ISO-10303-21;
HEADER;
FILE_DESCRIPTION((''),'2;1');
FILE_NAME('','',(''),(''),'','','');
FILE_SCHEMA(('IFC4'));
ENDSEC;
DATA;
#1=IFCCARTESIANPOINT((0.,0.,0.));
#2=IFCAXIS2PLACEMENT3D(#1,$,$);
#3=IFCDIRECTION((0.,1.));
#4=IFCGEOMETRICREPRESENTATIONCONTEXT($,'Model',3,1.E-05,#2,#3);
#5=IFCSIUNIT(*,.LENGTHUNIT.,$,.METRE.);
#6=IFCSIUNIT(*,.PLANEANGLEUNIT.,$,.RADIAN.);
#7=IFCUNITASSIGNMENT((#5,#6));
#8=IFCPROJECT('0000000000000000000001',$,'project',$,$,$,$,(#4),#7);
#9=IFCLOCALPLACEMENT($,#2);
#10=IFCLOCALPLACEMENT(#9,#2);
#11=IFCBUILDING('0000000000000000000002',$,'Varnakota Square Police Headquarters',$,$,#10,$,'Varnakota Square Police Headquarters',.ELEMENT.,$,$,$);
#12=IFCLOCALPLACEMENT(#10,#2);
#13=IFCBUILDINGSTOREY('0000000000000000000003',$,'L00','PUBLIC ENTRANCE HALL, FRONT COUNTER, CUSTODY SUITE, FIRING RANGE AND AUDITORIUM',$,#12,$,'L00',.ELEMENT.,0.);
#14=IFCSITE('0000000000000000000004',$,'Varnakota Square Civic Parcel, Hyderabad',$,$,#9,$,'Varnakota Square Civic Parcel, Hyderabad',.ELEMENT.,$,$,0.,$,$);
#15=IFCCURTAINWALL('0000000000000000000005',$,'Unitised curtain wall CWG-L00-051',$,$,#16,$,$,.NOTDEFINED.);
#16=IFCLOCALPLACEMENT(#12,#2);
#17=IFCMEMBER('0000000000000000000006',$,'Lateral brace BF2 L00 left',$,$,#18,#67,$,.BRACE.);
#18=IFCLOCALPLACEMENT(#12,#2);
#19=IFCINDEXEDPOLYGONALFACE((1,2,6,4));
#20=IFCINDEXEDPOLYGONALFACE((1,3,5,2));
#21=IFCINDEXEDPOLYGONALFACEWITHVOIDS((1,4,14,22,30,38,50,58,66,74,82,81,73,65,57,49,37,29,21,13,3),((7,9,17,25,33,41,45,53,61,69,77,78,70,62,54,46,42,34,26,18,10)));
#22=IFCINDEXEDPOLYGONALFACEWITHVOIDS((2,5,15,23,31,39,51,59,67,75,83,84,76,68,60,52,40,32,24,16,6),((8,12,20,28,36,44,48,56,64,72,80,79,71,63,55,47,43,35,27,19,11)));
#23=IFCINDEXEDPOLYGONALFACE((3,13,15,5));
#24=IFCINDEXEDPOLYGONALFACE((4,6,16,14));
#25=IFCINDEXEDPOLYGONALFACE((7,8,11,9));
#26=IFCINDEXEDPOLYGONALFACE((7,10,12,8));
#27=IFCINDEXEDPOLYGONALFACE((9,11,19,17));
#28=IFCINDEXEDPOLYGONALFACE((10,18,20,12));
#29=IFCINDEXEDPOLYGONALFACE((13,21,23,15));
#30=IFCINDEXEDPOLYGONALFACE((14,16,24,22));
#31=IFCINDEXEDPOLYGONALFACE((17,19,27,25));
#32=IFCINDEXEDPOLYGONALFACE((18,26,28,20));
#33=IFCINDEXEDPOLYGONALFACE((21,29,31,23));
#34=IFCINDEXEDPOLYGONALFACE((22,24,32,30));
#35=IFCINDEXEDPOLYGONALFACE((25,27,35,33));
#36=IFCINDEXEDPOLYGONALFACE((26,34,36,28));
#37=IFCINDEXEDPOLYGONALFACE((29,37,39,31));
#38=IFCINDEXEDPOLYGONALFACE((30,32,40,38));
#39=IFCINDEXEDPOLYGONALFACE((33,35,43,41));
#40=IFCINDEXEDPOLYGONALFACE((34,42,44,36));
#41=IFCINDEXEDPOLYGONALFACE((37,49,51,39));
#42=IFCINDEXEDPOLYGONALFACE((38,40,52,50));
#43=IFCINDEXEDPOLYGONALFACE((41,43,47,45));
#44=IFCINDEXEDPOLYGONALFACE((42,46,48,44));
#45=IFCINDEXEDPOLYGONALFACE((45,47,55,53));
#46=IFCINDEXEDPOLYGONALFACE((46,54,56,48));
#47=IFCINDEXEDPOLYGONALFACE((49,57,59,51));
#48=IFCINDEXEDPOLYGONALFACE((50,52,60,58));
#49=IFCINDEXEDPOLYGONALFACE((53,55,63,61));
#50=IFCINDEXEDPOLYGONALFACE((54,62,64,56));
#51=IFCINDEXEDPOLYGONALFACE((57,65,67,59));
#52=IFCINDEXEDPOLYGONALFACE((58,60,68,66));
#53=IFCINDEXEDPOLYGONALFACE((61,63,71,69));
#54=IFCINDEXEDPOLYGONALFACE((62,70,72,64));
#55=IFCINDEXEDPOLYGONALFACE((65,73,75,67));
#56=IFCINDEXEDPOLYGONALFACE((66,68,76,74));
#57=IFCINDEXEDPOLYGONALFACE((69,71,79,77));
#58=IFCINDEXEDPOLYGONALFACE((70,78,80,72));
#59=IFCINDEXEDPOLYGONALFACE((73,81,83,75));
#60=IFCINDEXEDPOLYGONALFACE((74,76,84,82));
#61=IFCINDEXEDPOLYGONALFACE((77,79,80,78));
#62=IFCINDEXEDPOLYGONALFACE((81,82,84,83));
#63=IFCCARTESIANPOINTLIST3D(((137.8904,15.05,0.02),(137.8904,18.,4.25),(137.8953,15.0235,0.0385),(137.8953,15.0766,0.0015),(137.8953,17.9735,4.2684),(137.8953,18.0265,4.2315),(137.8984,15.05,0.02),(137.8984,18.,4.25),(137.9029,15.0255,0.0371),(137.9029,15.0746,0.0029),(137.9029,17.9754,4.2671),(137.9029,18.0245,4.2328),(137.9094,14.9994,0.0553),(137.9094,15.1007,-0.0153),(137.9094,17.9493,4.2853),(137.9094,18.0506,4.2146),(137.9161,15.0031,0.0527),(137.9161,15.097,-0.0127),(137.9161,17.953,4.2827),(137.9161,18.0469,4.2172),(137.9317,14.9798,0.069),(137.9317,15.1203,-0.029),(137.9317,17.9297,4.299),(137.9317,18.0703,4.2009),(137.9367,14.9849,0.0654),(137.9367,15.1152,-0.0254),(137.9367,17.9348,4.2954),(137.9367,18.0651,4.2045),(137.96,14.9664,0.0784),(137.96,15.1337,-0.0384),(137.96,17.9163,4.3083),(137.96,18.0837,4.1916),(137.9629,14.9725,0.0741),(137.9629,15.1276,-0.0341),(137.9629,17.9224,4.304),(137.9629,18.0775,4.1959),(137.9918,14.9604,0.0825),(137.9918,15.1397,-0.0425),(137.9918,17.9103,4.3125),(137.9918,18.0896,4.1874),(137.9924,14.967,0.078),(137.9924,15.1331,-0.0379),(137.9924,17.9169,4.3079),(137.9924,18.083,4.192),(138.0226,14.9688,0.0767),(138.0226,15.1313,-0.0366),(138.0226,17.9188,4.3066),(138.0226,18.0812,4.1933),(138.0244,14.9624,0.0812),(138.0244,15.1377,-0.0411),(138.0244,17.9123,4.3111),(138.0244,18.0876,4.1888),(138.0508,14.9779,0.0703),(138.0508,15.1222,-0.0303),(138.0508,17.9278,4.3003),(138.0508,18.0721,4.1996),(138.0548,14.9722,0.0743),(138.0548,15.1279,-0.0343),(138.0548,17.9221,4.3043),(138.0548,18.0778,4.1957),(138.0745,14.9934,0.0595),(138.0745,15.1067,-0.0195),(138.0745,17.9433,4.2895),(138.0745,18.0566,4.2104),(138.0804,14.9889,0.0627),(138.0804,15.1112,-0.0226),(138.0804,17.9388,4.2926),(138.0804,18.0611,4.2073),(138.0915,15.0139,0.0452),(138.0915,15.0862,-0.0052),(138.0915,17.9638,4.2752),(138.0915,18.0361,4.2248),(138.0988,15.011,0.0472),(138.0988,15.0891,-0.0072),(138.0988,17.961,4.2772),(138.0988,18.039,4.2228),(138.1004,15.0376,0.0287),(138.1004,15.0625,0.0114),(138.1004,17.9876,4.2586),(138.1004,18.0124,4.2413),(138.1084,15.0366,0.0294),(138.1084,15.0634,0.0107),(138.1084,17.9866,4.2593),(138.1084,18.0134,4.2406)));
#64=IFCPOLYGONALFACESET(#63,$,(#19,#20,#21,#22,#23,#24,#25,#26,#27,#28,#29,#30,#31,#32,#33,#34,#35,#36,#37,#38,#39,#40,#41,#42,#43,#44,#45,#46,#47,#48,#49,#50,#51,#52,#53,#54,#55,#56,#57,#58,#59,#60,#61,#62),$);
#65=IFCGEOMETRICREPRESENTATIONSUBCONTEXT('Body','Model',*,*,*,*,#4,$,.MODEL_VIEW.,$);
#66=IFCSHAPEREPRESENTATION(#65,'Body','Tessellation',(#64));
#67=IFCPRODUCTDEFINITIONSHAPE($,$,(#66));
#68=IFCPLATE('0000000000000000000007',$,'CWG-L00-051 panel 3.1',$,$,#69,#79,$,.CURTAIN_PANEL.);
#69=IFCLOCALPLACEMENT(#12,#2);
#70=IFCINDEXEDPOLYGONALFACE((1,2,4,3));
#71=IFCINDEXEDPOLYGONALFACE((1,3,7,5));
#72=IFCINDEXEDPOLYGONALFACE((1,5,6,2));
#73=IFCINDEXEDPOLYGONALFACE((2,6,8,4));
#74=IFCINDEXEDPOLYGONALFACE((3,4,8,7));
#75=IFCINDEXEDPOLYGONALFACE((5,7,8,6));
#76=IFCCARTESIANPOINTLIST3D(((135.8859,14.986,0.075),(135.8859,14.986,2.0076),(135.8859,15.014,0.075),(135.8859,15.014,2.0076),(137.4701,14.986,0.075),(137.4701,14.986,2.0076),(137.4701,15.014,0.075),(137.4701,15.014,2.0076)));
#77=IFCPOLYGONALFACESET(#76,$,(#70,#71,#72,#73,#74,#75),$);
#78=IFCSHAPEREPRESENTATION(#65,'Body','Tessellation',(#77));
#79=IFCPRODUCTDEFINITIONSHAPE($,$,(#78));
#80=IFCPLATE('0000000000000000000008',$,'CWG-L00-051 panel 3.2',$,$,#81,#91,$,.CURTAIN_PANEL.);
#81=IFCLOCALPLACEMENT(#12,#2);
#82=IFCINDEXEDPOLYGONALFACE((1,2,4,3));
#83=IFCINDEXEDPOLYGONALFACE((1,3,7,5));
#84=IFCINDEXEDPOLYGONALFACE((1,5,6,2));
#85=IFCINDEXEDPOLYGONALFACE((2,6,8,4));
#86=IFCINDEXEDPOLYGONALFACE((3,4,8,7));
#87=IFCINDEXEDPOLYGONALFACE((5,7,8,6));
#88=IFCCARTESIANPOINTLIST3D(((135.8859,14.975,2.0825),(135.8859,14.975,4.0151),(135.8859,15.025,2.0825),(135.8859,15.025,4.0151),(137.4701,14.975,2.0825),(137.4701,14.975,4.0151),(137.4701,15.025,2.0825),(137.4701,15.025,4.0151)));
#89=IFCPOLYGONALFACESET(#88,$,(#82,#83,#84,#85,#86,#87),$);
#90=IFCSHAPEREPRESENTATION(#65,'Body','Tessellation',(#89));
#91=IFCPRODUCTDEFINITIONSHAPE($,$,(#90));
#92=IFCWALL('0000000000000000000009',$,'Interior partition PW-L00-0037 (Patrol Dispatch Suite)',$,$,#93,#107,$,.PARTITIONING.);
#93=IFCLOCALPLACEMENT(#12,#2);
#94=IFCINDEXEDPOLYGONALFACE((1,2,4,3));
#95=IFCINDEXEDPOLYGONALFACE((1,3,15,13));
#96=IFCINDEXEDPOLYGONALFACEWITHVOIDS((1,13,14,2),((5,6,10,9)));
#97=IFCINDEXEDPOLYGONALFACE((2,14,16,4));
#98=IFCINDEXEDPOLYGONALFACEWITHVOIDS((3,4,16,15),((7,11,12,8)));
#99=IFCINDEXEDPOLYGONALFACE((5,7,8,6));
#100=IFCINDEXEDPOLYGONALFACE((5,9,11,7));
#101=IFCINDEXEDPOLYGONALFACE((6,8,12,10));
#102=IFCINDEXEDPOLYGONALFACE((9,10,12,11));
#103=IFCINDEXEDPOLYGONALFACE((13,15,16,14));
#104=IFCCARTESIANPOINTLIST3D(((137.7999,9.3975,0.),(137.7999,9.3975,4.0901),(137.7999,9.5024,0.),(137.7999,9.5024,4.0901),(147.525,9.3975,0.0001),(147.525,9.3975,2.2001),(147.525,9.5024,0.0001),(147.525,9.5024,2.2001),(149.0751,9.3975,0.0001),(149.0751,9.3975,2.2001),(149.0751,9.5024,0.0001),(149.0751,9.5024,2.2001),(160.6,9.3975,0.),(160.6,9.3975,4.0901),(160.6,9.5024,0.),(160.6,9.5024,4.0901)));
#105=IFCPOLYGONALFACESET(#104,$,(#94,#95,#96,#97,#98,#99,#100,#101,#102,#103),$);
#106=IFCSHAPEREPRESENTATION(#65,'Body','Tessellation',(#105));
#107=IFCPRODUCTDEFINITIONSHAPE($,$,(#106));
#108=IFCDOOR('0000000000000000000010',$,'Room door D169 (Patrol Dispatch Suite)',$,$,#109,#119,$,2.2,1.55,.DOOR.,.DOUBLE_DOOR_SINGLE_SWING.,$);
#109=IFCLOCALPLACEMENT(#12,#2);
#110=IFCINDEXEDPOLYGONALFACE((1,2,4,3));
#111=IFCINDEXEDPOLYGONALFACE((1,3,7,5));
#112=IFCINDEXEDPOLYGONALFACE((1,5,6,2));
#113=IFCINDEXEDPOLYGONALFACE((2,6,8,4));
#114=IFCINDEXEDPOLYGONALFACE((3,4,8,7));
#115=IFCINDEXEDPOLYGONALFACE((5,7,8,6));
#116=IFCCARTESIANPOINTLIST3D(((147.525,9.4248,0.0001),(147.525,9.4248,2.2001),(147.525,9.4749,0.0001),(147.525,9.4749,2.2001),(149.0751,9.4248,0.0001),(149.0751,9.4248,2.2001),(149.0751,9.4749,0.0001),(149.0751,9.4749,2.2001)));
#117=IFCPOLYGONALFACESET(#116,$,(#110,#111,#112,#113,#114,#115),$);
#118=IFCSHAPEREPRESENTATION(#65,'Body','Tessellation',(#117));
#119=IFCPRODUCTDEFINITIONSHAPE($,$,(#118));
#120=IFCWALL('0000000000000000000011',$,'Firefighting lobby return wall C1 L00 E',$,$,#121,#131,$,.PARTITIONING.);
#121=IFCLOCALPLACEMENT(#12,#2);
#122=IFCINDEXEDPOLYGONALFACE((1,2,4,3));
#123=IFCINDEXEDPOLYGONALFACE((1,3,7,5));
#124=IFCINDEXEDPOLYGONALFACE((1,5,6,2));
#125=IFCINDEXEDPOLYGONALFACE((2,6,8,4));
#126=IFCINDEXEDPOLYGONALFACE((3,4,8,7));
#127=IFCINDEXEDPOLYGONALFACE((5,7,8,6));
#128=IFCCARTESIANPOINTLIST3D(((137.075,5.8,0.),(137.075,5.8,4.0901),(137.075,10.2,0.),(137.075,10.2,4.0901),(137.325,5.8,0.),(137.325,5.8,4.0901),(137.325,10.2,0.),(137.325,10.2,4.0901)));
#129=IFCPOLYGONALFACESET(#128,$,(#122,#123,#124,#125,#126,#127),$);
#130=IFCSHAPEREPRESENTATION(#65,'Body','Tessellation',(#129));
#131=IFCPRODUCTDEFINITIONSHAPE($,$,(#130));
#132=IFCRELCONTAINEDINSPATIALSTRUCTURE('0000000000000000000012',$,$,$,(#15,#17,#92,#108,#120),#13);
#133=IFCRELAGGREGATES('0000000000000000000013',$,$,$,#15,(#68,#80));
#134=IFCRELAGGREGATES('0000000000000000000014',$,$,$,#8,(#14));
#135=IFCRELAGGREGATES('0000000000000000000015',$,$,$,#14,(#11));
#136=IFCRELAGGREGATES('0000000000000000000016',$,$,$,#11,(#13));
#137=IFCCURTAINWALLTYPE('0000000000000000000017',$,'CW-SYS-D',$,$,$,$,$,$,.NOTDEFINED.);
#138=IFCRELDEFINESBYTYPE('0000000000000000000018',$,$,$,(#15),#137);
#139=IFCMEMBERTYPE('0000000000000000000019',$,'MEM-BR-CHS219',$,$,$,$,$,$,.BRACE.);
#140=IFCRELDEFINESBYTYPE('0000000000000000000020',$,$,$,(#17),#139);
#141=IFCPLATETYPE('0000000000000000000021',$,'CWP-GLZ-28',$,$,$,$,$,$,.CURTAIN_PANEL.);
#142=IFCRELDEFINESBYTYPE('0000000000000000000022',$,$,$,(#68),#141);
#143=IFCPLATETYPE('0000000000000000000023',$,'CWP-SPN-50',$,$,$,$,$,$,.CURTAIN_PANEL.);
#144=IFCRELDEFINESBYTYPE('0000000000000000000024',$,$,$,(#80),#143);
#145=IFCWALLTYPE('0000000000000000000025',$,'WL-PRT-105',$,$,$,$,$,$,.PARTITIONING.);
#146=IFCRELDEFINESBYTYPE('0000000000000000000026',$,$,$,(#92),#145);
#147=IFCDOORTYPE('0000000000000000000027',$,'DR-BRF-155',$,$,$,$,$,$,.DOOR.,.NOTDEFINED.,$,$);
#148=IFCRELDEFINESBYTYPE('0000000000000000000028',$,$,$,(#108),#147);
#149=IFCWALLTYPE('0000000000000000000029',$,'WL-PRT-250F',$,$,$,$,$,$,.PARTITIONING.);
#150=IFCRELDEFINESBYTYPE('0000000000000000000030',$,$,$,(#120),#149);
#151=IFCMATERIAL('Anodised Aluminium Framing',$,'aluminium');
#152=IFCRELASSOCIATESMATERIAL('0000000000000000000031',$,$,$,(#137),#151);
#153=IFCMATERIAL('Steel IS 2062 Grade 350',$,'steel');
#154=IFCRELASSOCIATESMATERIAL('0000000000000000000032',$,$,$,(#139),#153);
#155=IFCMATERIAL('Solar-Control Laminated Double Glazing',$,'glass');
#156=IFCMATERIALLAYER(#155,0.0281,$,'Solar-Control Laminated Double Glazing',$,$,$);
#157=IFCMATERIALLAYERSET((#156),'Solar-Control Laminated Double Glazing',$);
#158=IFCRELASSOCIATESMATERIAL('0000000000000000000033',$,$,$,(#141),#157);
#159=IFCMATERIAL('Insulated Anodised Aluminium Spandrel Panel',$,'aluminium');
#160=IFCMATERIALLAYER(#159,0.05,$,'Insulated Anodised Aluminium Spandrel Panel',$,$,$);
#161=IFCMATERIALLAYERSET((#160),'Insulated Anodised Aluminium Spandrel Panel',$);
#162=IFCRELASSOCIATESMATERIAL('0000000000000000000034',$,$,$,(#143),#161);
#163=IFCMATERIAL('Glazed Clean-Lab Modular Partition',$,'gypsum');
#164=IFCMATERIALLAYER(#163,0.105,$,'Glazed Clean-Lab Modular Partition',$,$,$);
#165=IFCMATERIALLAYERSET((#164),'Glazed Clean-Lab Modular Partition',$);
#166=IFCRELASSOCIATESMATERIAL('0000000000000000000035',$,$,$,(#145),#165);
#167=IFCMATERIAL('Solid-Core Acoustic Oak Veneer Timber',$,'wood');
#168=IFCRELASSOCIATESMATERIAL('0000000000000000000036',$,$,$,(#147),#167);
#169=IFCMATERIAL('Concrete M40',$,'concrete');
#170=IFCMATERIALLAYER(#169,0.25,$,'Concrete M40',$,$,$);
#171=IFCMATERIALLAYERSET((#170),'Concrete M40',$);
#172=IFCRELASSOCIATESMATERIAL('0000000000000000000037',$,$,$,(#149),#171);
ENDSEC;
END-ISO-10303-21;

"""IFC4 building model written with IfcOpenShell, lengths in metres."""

from ifc_helpers import new_model, si_unit, direction, frame, frame_2d, origin, origin_2d, place, context, subcontext, project, spatial, rectangle, hollow_circle, extrude, material, layer, layer_set, material_profile, profile_set, type_object, element, fill, aggregate, save


model = new_model("IFC4")

# Units and contexts
model_context = context("Model", 3, precision=1e-05, world=origin(), true_north=direction((0.0, 1.0)))
body_context = subcontext(model_context, "Body", "Model", "MODEL_VIEW")
ifc_project = project(units=[si_unit("LENGTHUNIT", "METRE"), si_unit("PLANEANGLEUNIT", "RADIAN")], contexts=[model_context])

# Site, building, storey
site_placement = place(None, origin())
site = spatial("IfcSite", under=ifc_project, at=site_placement, Name="Varnakota Square Civic Parcel, Hyderabad", LongName="Varnakota Square Civic Parcel, Hyderabad", CompositionType="ELEMENT", RefElevation=0.0)
building_placement = place(site_placement, origin())
building = spatial("IfcBuilding", under=site, at=building_placement, Name="Varnakota Square Police Headquarters", LongName="Varnakota Square Police Headquarters", CompositionType="ELEMENT")
storey_placement = place(building_placement, origin())
storey = spatial("IfcBuildingStorey", under=building, at=storey_placement, Name="L00", Description="PUBLIC ENTRANCE HALL, FRONT COUNTER, CUSTODY SUITE, FIRING RANGE AND AUDITORIUM", LongName="L00", CompositionType="ELEMENT", Elevation=0.0)

# Shared definitions
ifc_material_1 = material(Name="Steel IS 2062 Grade 350", Category="steel")

# Curtain wall
ifc_material_2 = material(Name="Anodised Aluminium Framing", Category="aluminium")
curtain_wall_type = type_object("IfcCurtainWallType", Name="CW-SYS-D", PredefinedType="NOTDEFINED", material=ifc_material_2)
curtain_wall_placement = place(storey_placement, origin())
curtain_wall = element("IfcCurtainWall", 1, at=curtain_wall_placement, inside=storey, type_object=curtain_wall_type, Name="Unitised curtain wall CWG-L00-051", PredefinedType="NOTDEFINED")

# Member
ifc_material_profile_1 = material_profile(ifc_material_1, hollow_circle(Radius=0.1096, WallThickness=0.0081, at=origin_2d()), Name="CHS 219.1x8.0")
ifc_profile_set_1 = profile_set([ifc_material_profile_1], Name="Steel IS 2062 Grade 350")
member_type_1 = type_object("IfcMemberType", Name="MEM-BR-CHS219", PredefinedType="BRACE", material=ifc_profile_set_1)
member_1_placement = place(storey_placement, frame((138.0, 15.05, 0.02), z_axis=(0.0, 0.572025, 0.820236), x_axis=(-1.0, 0.0, 0.0)))
element("IfcMember", 2, at=member_1_placement, inside=storey, type_object=member_type_1, Name="Lateral brace BF2 L00 left", PredefinedType="BRACE", context=body_context, shape_type="SweptSolid", body=[
    extrude(hollow_circle(Radius=0.1096, WallThickness=0.0081, at=origin_2d()), origin(), (0.0, 0.0, 1.0), 5.157),
])

# Plates
ifc_material_3 = material(Name="Solar-Control Laminated Double Glazing", Category="glass")
ifc_layer_1 = layer(ifc_material_3, 0.0281, Name="Solar-Control Laminated Double Glazing")
ifc_layer_set_1 = layer_set([ifc_layer_1], Name="Solar-Control Laminated Double Glazing")
plate_type_1 = type_object("IfcPlateType", Name="CWP-GLZ-28", PredefinedType="CURTAIN_PANEL", material=ifc_layer_set_1)
plate_1_placement = place(storey_placement, frame((136.678, 15.0, 0.075), z_axis=(0.0, 0.0, 1.0), x_axis=(1.0, 0.0, 0.0)))
plate_1 = element("IfcPlate", 3, at=plate_1_placement, type_object=plate_type_1, Name="CWG-L00-051 panel 3.1", PredefinedType="CURTAIN_PANEL", context=body_context, shape_type="SweptSolid", body=[
    extrude(rectangle(XDim=1.5842, YDim=0.0281, at=origin_2d()), origin(), (0.0, 0.0, 1.0), 1.9326),
])
ifc_material_4 = material(Name="Insulated Anodised Aluminium Spandrel Panel", Category="aluminium")
ifc_layer_2 = layer(ifc_material_4, 0.05, Name="Insulated Anodised Aluminium Spandrel Panel")
ifc_layer_set_2 = layer_set([ifc_layer_2], Name="Insulated Anodised Aluminium Spandrel Panel")
plate_type_2 = type_object("IfcPlateType", Name="CWP-SPN-50", PredefinedType="CURTAIN_PANEL", material=ifc_layer_set_2)
plate_2_placement = place(storey_placement, frame((136.678, 15.0, 2.0825), z_axis=(0.0, 0.0, 1.0), x_axis=(1.0, 0.0, 0.0)))
plate_2 = element("IfcPlate", 4, at=plate_2_placement, type_object=plate_type_2, Name="CWG-L00-051 panel 3.2", PredefinedType="CURTAIN_PANEL", context=body_context, shape_type="SweptSolid", body=[
    extrude(rectangle(XDim=1.5842, YDim=0.05, at=origin_2d()), origin(), (0.0, 0.0, 1.0), 1.9326),
])
aggregate(curtain_wall, [plate_1, plate_2])

# Wall, opening, door
ifc_material_5 = material(Name="Glazed Clean-Lab Modular Partition", Category="gypsum")
ifc_layer_3 = layer(ifc_material_5, 0.105, Name="Glazed Clean-Lab Modular Partition")
ifc_layer_set_3 = layer_set([ifc_layer_3], Name="Glazed Clean-Lab Modular Partition")
wall_type_1 = type_object("IfcWallType", Name="WL-PRT-105", PredefinedType="PARTITIONING", material=ifc_layer_set_3)
wall_1_placement = place(storey_placement, frame((137.8, 9.45, 0.0), z_axis=(0.0, 0.0, 1.0), x_axis=(1.0, 0.0, 0.0)))
wall_1 = element("IfcWall", 5, at=wall_1_placement, inside=storey, type_object=wall_type_1, Name="Interior partition PW-L00-0037 (Patrol Dispatch Suite)", PredefinedType="PARTITIONING", context=body_context, shape_type="SweptSolid", body=[
    extrude(rectangle(XDim=22.8, YDim=0.105, at=frame_2d((11.3999, 0.0))), origin(), (0.0, 0.0, 1.0), 4.0901),
])
opening_placement = place(wall_1_placement, frame((9.7251, 0.0, 0.0)))
opening = element("IfcOpeningElement", 6, at=opening_placement, cuts=wall_1, PredefinedType="OPENING", context=body_context, shape_type="SweptSolid", body=[
    extrude(rectangle(XDim=1.55, YDim=2.2, at=frame_2d((0.7749, 1.1001))), frame((0.0, 0.0625, 0.0), z_axis=(0.0, -1.0, 0.0), x_axis=(1.0, 0.0, 0.0)), (0.0, 0.0, 1.0), 0.125),
])
ifc_material_6 = material(Name="Solid-Core Acoustic Oak Veneer Timber", Category="wood")
door_type = type_object("IfcDoorType", Name="DR-BRF-155", OperationType="NOTDEFINED", PredefinedType="DOOR", material=ifc_material_6)
door_placement = place(opening_placement, origin())
door = element("IfcDoor", 7, at=door_placement, inside=storey, type_object=door_type, Name="Room door D169 (Patrol Dispatch Suite)", OperationType="DOUBLE_DOOR_SINGLE_SWING", OverallHeight=2.2, OverallWidth=1.55, PredefinedType="DOOR", context=body_context, shape_type="SweptSolid", body=[
    extrude(rectangle(XDim=1.55, YDim=2.2, at=frame_2d((0.7749, 1.1001))), frame((0.0, 0.0249, 0.0), z_axis=(0.0, -1.0, 0.0), x_axis=(1.0, 0.0, 0.0)), (0.0, 0.0, 1.0), 0.05),
])
fill(opening, door)

# Wall
ifc_material_7 = material(Name="Concrete M40", Category="concrete")
ifc_layer_4 = layer(ifc_material_7, 0.25, Name="Concrete M40")
ifc_layer_set_4 = layer_set([ifc_layer_4], Name="Concrete M40")
wall_type_2 = type_object("IfcWallType", Name="WL-PRT-250F", PredefinedType="PARTITIONING", material=ifc_layer_set_4)
wall_2_placement = place(storey_placement, frame((137.2, 5.8, 0.0), z_axis=(0.0, 0.0, 1.0), x_axis=(0.0, 1.0, 0.0)))
element("IfcWall", 8, at=wall_2_placement, inside=storey, type_object=wall_type_2, Name="Firefighting lobby return wall C1 L00 E", PredefinedType="PARTITIONING", context=body_context, shape_type="SweptSolid", body=[
    extrude(rectangle(XDim=4.3999, YDim=0.25, at=frame_2d((2.2, 0.0))), origin(), (0.0, 0.0, 1.0), 4.0901),
])

save(model, "model.ifc")
